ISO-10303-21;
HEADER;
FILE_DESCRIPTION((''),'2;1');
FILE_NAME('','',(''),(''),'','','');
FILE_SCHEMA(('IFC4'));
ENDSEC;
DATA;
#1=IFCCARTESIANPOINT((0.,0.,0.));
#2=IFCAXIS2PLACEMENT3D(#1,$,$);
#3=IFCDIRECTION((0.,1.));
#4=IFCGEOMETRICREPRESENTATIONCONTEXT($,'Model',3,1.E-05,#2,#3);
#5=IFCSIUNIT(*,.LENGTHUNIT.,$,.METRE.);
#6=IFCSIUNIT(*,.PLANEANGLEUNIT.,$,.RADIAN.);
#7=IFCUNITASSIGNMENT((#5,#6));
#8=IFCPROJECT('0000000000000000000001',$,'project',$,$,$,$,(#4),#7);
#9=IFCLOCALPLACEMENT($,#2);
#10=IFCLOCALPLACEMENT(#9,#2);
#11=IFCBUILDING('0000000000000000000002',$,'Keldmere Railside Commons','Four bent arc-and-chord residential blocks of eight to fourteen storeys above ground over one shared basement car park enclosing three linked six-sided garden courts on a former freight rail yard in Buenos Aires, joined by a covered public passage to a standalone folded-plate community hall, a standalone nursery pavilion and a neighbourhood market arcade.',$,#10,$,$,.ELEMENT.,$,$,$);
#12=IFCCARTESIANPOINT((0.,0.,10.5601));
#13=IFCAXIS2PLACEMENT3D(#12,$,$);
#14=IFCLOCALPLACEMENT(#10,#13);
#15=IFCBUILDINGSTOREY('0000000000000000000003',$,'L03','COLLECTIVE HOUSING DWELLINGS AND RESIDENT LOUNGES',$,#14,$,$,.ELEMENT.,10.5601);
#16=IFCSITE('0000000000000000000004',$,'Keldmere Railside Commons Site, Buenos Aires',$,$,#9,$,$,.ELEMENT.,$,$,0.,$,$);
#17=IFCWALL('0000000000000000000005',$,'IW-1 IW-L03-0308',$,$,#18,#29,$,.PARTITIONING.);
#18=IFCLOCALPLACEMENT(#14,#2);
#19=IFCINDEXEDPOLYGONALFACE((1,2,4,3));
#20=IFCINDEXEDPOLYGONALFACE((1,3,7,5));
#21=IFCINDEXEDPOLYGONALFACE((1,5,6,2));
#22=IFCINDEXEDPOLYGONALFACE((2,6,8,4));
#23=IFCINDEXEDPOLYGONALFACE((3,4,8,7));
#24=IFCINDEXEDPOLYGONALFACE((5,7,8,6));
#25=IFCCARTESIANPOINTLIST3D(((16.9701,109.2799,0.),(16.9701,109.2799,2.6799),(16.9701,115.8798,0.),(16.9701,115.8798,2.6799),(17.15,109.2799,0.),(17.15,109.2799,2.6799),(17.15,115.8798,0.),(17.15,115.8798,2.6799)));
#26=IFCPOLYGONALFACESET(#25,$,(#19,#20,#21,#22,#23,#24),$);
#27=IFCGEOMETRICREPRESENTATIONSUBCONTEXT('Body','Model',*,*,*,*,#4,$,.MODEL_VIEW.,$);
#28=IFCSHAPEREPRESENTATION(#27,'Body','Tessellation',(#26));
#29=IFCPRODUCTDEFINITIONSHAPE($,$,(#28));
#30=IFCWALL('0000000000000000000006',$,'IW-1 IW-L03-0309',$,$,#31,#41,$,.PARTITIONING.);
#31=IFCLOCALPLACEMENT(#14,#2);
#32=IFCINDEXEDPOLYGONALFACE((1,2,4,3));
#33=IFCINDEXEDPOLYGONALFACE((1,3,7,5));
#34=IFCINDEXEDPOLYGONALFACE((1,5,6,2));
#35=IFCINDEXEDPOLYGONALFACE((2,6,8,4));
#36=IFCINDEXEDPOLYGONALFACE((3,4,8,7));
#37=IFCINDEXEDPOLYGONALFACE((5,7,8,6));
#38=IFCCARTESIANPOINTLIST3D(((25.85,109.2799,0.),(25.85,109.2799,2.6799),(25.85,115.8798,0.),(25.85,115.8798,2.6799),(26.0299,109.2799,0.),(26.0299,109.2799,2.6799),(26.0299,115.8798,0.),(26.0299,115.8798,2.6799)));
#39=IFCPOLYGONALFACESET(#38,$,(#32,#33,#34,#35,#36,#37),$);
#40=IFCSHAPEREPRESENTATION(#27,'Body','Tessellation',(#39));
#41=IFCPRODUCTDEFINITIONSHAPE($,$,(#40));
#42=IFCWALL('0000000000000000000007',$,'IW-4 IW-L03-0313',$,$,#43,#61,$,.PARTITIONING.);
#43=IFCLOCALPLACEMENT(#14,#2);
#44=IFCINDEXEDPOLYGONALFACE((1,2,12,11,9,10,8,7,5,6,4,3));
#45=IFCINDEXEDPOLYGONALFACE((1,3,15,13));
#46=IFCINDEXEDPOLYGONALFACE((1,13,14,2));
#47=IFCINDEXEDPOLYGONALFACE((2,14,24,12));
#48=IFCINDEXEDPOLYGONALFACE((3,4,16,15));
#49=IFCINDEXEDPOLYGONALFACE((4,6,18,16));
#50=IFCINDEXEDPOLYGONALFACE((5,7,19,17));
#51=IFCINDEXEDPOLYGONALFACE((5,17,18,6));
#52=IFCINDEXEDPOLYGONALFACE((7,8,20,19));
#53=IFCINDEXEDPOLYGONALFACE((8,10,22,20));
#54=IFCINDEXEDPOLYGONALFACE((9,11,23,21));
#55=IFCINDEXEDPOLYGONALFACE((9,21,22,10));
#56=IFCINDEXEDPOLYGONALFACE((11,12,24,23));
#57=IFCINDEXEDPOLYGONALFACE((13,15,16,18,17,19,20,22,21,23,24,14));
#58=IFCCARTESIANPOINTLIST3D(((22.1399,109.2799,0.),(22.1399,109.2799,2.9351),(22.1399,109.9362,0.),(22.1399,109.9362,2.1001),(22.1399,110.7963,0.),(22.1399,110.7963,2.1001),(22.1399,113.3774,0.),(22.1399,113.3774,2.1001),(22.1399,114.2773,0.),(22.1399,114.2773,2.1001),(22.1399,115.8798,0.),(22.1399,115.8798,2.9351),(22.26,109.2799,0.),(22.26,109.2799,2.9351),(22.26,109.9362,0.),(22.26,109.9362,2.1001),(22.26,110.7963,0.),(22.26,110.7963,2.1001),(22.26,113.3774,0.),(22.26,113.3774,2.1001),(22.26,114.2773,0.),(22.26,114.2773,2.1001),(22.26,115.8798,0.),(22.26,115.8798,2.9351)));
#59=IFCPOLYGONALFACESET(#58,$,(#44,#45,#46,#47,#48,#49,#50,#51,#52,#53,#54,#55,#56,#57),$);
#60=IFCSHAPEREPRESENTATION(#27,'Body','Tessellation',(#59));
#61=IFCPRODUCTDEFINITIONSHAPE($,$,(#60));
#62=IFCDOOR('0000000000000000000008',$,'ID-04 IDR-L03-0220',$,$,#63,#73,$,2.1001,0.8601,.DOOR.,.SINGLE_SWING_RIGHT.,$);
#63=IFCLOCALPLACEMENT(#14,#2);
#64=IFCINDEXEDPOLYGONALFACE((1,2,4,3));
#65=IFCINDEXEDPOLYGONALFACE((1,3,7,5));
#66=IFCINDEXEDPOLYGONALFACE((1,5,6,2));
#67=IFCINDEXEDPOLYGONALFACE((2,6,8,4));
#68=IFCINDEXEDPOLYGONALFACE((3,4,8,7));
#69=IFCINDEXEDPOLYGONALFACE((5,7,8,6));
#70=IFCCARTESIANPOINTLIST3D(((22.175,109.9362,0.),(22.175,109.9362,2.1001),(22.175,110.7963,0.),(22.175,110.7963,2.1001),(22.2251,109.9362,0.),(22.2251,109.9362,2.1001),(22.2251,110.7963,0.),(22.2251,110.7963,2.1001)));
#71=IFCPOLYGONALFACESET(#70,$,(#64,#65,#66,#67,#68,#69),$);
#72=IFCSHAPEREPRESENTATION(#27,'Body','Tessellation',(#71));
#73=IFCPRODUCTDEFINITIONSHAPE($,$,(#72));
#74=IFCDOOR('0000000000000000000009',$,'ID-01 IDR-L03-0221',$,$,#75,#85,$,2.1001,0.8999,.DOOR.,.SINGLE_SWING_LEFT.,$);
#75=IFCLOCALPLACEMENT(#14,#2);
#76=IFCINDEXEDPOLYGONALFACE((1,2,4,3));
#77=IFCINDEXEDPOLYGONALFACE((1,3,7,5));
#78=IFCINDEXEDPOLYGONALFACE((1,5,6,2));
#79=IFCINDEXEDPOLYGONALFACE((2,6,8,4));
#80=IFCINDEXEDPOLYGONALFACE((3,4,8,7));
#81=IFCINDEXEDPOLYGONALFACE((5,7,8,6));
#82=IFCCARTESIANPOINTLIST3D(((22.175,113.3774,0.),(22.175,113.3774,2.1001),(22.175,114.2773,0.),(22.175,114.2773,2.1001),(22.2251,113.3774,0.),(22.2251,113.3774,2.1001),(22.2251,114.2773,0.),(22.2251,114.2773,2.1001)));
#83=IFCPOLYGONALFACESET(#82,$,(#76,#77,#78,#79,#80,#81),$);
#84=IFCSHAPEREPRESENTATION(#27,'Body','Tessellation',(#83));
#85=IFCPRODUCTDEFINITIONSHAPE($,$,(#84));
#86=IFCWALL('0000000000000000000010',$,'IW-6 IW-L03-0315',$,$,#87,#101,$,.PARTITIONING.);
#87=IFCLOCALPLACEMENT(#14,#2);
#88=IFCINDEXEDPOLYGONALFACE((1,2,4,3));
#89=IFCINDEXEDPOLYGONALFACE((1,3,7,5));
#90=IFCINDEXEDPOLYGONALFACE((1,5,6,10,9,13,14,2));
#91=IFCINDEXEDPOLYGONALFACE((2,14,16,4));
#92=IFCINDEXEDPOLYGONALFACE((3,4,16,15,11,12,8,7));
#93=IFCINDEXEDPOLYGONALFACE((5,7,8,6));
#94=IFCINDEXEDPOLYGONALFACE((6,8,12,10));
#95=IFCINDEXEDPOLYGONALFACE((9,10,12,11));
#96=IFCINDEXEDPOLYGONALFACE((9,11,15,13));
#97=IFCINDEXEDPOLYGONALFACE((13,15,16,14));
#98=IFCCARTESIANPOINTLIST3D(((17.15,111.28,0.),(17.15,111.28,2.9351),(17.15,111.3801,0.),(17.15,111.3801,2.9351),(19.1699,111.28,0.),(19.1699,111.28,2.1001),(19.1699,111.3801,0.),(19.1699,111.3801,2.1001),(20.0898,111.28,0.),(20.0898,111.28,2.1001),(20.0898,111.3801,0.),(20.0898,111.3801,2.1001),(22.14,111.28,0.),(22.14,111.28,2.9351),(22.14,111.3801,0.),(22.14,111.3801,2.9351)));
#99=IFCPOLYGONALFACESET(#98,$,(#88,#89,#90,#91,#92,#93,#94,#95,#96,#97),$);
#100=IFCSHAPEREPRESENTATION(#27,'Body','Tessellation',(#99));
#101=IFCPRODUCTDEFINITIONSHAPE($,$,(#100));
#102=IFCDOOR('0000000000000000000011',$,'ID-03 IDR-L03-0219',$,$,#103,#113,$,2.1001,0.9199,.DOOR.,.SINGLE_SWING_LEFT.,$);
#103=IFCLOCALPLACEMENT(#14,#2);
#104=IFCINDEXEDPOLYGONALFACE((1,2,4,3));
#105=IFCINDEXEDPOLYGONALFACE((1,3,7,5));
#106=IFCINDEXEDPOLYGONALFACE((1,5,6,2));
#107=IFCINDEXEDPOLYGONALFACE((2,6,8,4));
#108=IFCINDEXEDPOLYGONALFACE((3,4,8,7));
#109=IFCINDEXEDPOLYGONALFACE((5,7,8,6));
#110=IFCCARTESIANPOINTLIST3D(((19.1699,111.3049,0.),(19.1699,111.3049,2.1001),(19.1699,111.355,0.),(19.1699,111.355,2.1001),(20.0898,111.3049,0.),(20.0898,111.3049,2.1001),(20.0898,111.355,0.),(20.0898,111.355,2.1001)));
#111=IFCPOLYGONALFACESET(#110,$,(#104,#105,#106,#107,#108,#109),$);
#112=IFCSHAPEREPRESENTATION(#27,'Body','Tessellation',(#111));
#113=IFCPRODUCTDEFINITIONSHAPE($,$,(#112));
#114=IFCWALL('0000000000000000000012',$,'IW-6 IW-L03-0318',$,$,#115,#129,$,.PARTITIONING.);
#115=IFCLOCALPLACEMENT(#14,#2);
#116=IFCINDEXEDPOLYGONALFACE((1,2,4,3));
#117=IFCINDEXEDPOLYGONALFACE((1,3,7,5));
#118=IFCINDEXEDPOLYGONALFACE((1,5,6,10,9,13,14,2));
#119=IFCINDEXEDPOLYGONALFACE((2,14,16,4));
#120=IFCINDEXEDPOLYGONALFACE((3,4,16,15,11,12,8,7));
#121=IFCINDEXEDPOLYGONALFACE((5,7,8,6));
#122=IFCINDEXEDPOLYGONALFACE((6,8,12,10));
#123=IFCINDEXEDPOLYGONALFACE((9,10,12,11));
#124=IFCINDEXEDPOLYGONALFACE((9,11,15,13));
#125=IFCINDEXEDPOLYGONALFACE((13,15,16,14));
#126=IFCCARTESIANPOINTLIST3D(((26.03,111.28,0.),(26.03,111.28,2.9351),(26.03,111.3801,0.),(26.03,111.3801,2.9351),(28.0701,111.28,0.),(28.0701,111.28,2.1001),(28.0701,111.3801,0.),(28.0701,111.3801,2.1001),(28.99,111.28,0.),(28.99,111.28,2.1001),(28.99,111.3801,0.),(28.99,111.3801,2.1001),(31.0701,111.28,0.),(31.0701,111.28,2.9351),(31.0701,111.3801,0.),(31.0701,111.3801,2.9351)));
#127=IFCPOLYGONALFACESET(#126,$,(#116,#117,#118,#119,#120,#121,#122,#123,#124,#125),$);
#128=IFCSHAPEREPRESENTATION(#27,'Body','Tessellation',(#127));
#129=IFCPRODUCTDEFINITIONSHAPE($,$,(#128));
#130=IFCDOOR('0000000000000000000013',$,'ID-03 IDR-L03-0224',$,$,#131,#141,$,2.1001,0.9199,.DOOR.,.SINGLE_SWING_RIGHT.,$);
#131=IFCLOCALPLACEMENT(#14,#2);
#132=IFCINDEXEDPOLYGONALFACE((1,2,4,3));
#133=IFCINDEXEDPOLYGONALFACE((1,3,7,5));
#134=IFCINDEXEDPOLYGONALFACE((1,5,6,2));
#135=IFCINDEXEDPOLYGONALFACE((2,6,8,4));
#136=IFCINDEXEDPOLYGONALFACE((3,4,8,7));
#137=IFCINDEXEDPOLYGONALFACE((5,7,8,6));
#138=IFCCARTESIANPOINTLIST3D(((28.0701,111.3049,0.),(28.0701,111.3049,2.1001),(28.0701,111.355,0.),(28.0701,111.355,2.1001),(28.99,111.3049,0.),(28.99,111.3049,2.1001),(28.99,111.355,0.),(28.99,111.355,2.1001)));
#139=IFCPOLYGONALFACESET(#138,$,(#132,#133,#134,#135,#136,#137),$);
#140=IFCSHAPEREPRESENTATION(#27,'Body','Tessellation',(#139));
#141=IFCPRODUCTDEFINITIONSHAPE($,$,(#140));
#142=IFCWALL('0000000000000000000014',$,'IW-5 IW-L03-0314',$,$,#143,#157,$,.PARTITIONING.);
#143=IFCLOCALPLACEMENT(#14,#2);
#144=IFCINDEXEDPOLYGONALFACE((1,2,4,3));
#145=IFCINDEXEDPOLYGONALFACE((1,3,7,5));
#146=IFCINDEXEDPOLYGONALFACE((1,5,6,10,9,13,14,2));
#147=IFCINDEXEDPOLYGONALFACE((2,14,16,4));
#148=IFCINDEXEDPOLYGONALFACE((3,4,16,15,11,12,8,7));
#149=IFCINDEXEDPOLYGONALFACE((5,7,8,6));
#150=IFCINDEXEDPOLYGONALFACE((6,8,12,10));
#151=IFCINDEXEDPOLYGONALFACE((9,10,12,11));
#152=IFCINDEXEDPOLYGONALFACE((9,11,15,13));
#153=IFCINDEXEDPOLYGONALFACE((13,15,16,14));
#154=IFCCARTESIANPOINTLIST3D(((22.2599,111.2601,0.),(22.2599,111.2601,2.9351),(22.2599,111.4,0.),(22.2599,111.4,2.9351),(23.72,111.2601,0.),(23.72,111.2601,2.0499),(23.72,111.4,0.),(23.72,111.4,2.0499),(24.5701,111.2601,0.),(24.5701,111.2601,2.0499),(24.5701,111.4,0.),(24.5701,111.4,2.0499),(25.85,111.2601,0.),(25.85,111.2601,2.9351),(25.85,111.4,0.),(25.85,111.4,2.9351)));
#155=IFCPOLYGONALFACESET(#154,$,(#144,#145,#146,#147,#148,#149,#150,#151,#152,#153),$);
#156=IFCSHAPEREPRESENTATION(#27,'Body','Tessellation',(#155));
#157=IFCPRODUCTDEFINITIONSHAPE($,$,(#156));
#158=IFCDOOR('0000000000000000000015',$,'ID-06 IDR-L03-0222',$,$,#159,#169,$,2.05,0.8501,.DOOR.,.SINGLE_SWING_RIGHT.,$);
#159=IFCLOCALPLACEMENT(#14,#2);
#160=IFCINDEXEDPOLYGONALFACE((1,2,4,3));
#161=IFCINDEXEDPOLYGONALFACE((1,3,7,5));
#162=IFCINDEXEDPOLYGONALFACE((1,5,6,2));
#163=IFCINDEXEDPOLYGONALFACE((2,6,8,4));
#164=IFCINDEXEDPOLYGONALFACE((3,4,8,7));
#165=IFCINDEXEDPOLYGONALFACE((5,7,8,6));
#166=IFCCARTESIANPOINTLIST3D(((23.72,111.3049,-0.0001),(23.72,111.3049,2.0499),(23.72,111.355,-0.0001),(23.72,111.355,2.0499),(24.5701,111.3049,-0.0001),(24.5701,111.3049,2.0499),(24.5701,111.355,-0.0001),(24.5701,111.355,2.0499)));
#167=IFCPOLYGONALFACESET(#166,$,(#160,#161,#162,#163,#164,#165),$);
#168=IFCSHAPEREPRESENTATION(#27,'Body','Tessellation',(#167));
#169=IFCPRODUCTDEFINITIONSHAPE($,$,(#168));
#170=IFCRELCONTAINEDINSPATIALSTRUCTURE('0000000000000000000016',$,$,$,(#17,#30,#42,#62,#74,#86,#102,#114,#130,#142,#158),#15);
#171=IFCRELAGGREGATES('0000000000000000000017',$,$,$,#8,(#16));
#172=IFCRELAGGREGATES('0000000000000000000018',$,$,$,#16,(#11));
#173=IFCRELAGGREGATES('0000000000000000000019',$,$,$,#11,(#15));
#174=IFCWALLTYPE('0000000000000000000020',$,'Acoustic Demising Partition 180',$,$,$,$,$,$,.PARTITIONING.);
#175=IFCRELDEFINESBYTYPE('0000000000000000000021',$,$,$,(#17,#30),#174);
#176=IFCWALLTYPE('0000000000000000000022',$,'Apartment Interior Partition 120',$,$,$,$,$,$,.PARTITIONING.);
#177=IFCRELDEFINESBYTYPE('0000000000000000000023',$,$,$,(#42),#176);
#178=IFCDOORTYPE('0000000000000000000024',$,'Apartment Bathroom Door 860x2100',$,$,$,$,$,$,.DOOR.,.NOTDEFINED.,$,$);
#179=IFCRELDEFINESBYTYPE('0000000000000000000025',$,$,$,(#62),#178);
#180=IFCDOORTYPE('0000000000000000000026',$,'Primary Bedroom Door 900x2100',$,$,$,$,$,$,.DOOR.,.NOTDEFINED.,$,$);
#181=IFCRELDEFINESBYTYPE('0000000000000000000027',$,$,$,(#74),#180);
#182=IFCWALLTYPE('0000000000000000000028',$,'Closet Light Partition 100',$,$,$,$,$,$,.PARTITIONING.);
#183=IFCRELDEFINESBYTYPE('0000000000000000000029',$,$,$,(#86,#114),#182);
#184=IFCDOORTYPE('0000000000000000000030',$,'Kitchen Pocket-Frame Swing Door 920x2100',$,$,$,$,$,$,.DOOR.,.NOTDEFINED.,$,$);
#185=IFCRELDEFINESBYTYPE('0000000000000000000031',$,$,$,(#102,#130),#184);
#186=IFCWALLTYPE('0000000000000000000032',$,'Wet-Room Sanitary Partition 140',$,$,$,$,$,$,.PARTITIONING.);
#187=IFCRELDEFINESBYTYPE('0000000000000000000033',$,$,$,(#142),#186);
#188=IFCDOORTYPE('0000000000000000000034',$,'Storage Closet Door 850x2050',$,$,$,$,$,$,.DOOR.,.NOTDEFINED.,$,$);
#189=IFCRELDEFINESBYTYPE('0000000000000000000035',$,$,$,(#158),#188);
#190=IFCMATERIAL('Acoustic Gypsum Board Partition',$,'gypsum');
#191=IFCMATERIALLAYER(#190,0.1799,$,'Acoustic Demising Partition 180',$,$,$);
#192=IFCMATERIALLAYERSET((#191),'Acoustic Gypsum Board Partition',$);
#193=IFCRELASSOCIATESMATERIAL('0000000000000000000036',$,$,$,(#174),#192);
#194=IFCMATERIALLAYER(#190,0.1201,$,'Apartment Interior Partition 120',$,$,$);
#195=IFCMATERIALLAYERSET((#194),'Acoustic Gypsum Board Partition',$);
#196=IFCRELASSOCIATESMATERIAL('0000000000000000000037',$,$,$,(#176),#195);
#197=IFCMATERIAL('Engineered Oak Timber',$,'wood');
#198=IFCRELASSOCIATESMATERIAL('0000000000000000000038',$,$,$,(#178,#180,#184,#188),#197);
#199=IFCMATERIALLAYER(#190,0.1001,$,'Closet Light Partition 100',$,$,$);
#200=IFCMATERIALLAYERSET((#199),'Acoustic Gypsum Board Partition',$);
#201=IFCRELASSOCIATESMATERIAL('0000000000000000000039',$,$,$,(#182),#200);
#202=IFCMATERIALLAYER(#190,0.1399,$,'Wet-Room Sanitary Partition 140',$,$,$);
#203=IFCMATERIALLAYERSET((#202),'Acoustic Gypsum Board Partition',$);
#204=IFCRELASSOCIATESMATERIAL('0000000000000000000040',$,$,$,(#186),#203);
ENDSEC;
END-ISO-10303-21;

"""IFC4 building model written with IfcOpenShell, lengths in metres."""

from ifc_helpers import new_model, si_unit, direction, frame, frame_2d, origin, place, context, subcontext, project, spatial, rectangle, extrude, material, layer, layer_set, type_object, element, fill, save


model = new_model("IFC4")

# Units and contexts
model_context = context("Model", 3, precision=1e-05, world=origin(), true_north=direction((0.0, 1.0)))
body_context = subcontext(model_context, "Body", "Model", "MODEL_VIEW")
ifc_project = project(units=[si_unit("LENGTHUNIT", "METRE"), si_unit("PLANEANGLEUNIT", "RADIAN")], contexts=[model_context])

# Site, building, storey
site_placement = place(None, origin())
site = spatial("IfcSite", under=ifc_project, at=site_placement, Name="Keldmere Railside Commons Site, Buenos Aires", CompositionType="ELEMENT", RefElevation=0.0)
building_placement = place(site_placement, origin())
building = spatial("IfcBuilding", under=site, at=building_placement, Name="Keldmere Railside Commons", Description="Four bent arc-and-chord residential blocks of eight to fourteen storeys above ground over one shared basement car park enclosing three linked six-sided garden courts on a former freight rail yard in Buenos Aires, joined by a covered public passage to a standalone folded-plate community hall, a standalone nursery pavilion and a neighbourhood market arcade.", CompositionType="ELEMENT")
storey_placement = place(building_placement, frame((0.0, 0.0, 10.5601)))
storey = spatial("IfcBuildingStorey", under=building, at=storey_placement, Name="L03", Description="COLLECTIVE HOUSING DWELLINGS AND RESIDENT LOUNGES", CompositionType="ELEMENT", Elevation=10.5601)

# Walls
ifc_material_1 = material(Name="Acoustic Gypsum Board Partition", Category="gypsum")
ifc_layer_1 = layer(ifc_material_1, 0.1799, Name="Acoustic Demising Partition 180")
ifc_layer_set_1 = layer_set([ifc_layer_1], Name="Acoustic Gypsum Board Partition")
wall_type_1 = type_object("IfcWallType", Name="Acoustic Demising Partition 180", PredefinedType="PARTITIONING", material=ifc_layer_set_1)
for number, where, z_axis, x_axis, name in (
    (1, (17.0601, 109.28, 0.0), (0.0, 0.0, 1.0), (0.0, 1.0, 0.0), "IW-1 IW-L03-0308"),
    (2, (25.9399, 109.28, 0.0), (0.0, 0.0, 1.0), (0.0, 1.0, 0.0), "IW-1 IW-L03-0309"),
):
    element("IfcWall", number, at=place(storey_placement, frame(where, z_axis=z_axis, x_axis=x_axis)), inside=storey, type_object=wall_type_1, Name=name, PredefinedType="PARTITIONING", context=body_context, shape_type="SweptSolid", body=[
        extrude(rectangle(XDim=6.5999, YDim=0.1799, at=frame_2d((3.2998, 0.0))), origin(), (0.0, 0.0, 1.0), 2.6799),
    ])

# Wall, openings, doors
ifc_layer_2 = layer(ifc_material_1, 0.1201, Name="Apartment Interior Partition 120")
ifc_layer_set_2 = layer_set([ifc_layer_2], Name="Acoustic Gypsum Board Partition")
wall_type_2 = type_object("IfcWallType", Name="Apartment Interior Partition 120", PredefinedType="PARTITIONING", material=ifc_layer_set_2)
wall_1_placement = place(storey_placement, frame((22.2, 109.28, 0.0), z_axis=(0.0, 0.0, 1.0), x_axis=(0.0, 1.0, 0.0)))
wall_1 = element("IfcWall", 3, at=wall_1_placement, inside=storey, type_object=wall_type_2, Name="IW-4 IW-L03-0313", PredefinedType="PARTITIONING", context=body_context, shape_type="SweptSolid", body=[
    extrude(rectangle(XDim=6.5999, YDim=0.1201, at=frame_2d((3.2998, 0.0))), origin(), (0.0, 0.0, 1.0), 2.9351),
])
opening_1_placement = place(wall_1_placement, frame((0.656, 0.0, 0.0)))
opening_1 = element("IfcOpeningElement", 4, at=opening_1_placement, cuts=wall_1, PredefinedType="OPENING", context=body_context, shape_type="SweptSolid", body=[
    extrude(rectangle(XDim=0.8601, YDim=2.1001, at=frame_2d((0.4302, 1.05))), frame((0.0, 0.0701, 0.0), z_axis=(0.0, -1.0, 0.0), x_axis=(1.0, 0.0, 0.0)), (0.0, 0.0, 1.0), 0.1401),
])
opening_2_placement = place(wall_1_placement, frame((4.0974, 0.0, 0.0)))
opening_2 = element("IfcOpeningElement", 5, at=opening_2_placement, cuts=wall_1, PredefinedType="OPENING", context=body_context, shape_type="SweptSolid", body=[
    extrude(rectangle(XDim=0.8999, YDim=2.1001, at=frame_2d((0.45, 1.05))), frame((0.0, 0.0701, 0.0), z_axis=(0.0, -1.0, 0.0), x_axis=(1.0, 0.0, 0.0)), (0.0, 0.0, 1.0), 0.1401),
])
ifc_material_2 = material(Name="Engineered Oak Timber", Category="wood")
door_type_1 = type_object("IfcDoorType", Name="Apartment Bathroom Door 860x2100", OperationType="NOTDEFINED", PredefinedType="DOOR", material=ifc_material_2)
door_1_placement = place(opening_1_placement, origin())
door_1 = element("IfcDoor", 6, at=door_1_placement, inside=storey, type_object=door_type_1, Name="ID-04 IDR-L03-0220", OperationType="SINGLE_SWING_RIGHT", OverallHeight=2.1001, OverallWidth=0.8601, PredefinedType="DOOR", context=body_context, shape_type="SweptSolid", body=[
    extrude(rectangle(XDim=0.8601, YDim=2.1001, at=frame_2d((0.4302, 1.05))), frame((0.0, 0.0249, 0.0), z_axis=(0.0, -1.0, 0.0), x_axis=(1.0, 0.0, 0.0)), (0.0, 0.0, 1.0), 0.05),
])
fill(opening_1, door_1)
door_type_2 = type_object("IfcDoorType", Name="Primary Bedroom Door 900x2100", OperationType="NOTDEFINED", PredefinedType="DOOR", material=ifc_material_2)
door_2_placement = place(opening_2_placement, origin())
door_2 = element("IfcDoor", 7, at=door_2_placement, inside=storey, type_object=door_type_2, Name="ID-01 IDR-L03-0221", OperationType="SINGLE_SWING_LEFT", OverallHeight=2.1001, OverallWidth=0.8999, PredefinedType="DOOR", context=body_context, shape_type="SweptSolid", body=[
    extrude(rectangle(XDim=0.8999, YDim=2.1001, at=frame_2d((0.45, 1.05))), frame((0.0, 0.0249, 0.0), z_axis=(0.0, -1.0, 0.0), x_axis=(1.0, 0.0, 0.0)), (0.0, 0.0, 1.0), 0.05),
])
fill(opening_2, door_2)

# Walls, openings, doors
ifc_layer_3 = layer(ifc_material_1, 0.1001, Name="Closet Light Partition 100")
ifc_layer_set_3 = layer_set([ifc_layer_3], Name="Acoustic Gypsum Board Partition")
wall_type_3 = type_object("IfcWallType", Name="Closet Light Partition 100", PredefinedType="PARTITIONING", material=ifc_layer_set_3)
wall_2_placement = place(storey_placement, frame((17.1499, 111.3301, 0.0), z_axis=(0.0, 0.0, 1.0), x_axis=(1.0, 0.0, 0.0)))
wall_2 = element("IfcWall", 8, at=wall_2_placement, inside=storey, type_object=wall_type_3, Name="IW-6 IW-L03-0315", PredefinedType="PARTITIONING", context=body_context, shape_type="SweptSolid", body=[
    extrude(rectangle(XDim=4.99, YDim=0.1001, at=frame_2d((2.4951, 0.0))), origin(), (0.0, 0.0, 1.0), 2.9351),
])
opening_3_placement = place(wall_2_placement, frame((2.02, 0.0, 0.0)))
opening_3 = element("IfcOpeningElement", 9, at=opening_3_placement, cuts=wall_2, PredefinedType="OPENING", context=body_context, shape_type="SweptSolid", body=[
    extrude(rectangle(XDim=0.9199, YDim=2.1001, at=frame_2d((0.46, 1.05))), frame((0.0, 0.0601, 0.0), z_axis=(0.0, -1.0, 0.0), x_axis=(1.0, 0.0, 0.0)), (0.0, 0.0, 1.0), 0.1201),
])
door_type_3 = type_object("IfcDoorType", Name="Kitchen Pocket-Frame Swing Door 920x2100", OperationType="NOTDEFINED", PredefinedType="DOOR", material=ifc_material_2)
door_3_placement = place(opening_3_placement, origin())
door_3 = element("IfcDoor", 10, at=door_3_placement, inside=storey, type_object=door_type_3, Name="ID-03 IDR-L03-0219", OperationType="SINGLE_SWING_LEFT", OverallHeight=2.1001, OverallWidth=0.9199, PredefinedType="DOOR", context=body_context, shape_type="SweptSolid", body=[
    extrude(rectangle(XDim=0.9199, YDim=2.1001, at=frame_2d((0.46, 1.05))), frame((0.0, 0.0249, 0.0), z_axis=(0.0, -1.0, 0.0), x_axis=(1.0, 0.0, 0.0)), (0.0, 0.0, 1.0), 0.05),
])
fill(opening_3, door_3)
wall_3_placement = place(storey_placement, frame((26.03, 111.3301, 0.0), z_axis=(0.0, 0.0, 1.0), x_axis=(1.0, 0.0, 0.0)))
wall_3 = element("IfcWall", 11, at=wall_3_placement, inside=storey, type_object=wall_type_3, Name="IW-6 IW-L03-0318", PredefinedType="PARTITIONING", context=body_context, shape_type="SweptSolid", body=[
    extrude(rectangle(XDim=5.04, YDim=0.1001, at=frame_2d((2.52, 0.0))), origin(), (0.0, 0.0, 1.0), 2.9351),
])
opening_4_placement = place(wall_3_placement, frame((2.04, 0.0, 0.0)))
opening_4 = element("IfcOpeningElement", 12, at=opening_4_placement, cuts=wall_3, PredefinedType="OPENING", context=body_context, shape_type="SweptSolid", body=[
    extrude(rectangle(XDim=0.9199, YDim=2.1001, at=frame_2d((0.46, 1.05))), frame((0.0, 0.0601, 0.0), z_axis=(0.0, -1.0, 0.0), x_axis=(1.0, 0.0, 0.0)), (0.0, 0.0, 1.0), 0.1201),
])
door_4_placement = place(opening_4_placement, origin())
door_4 = element("IfcDoor", 13, at=door_4_placement, inside=storey, type_object=door_type_3, Name="ID-03 IDR-L03-0224", OperationType="SINGLE_SWING_RIGHT", OverallHeight=2.1001, OverallWidth=0.9199, PredefinedType="DOOR", context=body_context, shape_type="SweptSolid", body=[
    extrude(rectangle(XDim=0.9199, YDim=2.1001, at=frame_2d((0.46, 1.05))), frame((0.0, 0.0249, 0.0), z_axis=(0.0, -1.0, 0.0), x_axis=(1.0, 0.0, 0.0)), (0.0, 0.0, 1.0), 0.05),
])
fill(opening_4, door_4)
ifc_layer_4 = layer(ifc_material_1, 0.1399, Name="Wet-Room Sanitary Partition 140")
ifc_layer_set_4 = layer_set([ifc_layer_4], Name="Acoustic Gypsum Board Partition")
wall_type_4 = type_object("IfcWallType", Name="Wet-Room Sanitary Partition 140", PredefinedType="PARTITIONING", material=ifc_layer_set_4)
wall_4_placement = place(storey_placement, frame((22.26, 111.3301, 0.0), z_axis=(0.0, 0.0, 1.0), x_axis=(1.0, 0.0, 0.0)))
wall_4 = element("IfcWall", 14, at=wall_4_placement, inside=storey, type_object=wall_type_4, Name="IW-5 IW-L03-0314", PredefinedType="PARTITIONING", context=body_context, shape_type="SweptSolid", body=[
    extrude(rectangle(XDim=3.5901, YDim=0.1399, at=frame_2d((1.7949, 0.0))), origin(), (0.0, 0.0, 1.0), 2.9351),
])
opening_5_placement = place(wall_4_placement, frame((1.46, 0.0, 0.0)))
opening_5 = element("IfcOpeningElement", 15, at=opening_5_placement, cuts=wall_4, PredefinedType="OPENING", context=body_context, shape_type="SweptSolid", body=[
    extrude(rectangle(XDim=0.8501, YDim=2.05, at=frame_2d((0.425, 1.0249))), frame((0.0, 0.0798, 0.0), z_axis=(0.0, -1.0, 0.0), x_axis=(1.0, 0.0, 0.0)), (0.0, 0.0, 1.0), 0.1599),
])
door_type_4 = type_object("IfcDoorType", Name="Storage Closet Door 850x2050", OperationType="NOTDEFINED", PredefinedType="DOOR", material=ifc_material_2)
door_5_placement = place(opening_5_placement, origin())
door_5 = element("IfcDoor", 16, at=door_5_placement, inside=storey, type_object=door_type_4, Name="ID-06 IDR-L03-0222", OperationType="SINGLE_SWING_RIGHT", OverallHeight=2.05, OverallWidth=0.8501, PredefinedType="DOOR", context=body_context, shape_type="SweptSolid", body=[
    extrude(rectangle(XDim=0.8501, YDim=2.05, at=frame_2d((0.425, 1.0249))), frame((0.0, 0.0249, 0.0), z_axis=(0.0, -1.0, 0.0), x_axis=(1.0, 0.0, 0.0)), (0.0, 0.0, 1.0), 0.05),
])
fill(opening_5, door_5)

save(model, "model.ifc")
